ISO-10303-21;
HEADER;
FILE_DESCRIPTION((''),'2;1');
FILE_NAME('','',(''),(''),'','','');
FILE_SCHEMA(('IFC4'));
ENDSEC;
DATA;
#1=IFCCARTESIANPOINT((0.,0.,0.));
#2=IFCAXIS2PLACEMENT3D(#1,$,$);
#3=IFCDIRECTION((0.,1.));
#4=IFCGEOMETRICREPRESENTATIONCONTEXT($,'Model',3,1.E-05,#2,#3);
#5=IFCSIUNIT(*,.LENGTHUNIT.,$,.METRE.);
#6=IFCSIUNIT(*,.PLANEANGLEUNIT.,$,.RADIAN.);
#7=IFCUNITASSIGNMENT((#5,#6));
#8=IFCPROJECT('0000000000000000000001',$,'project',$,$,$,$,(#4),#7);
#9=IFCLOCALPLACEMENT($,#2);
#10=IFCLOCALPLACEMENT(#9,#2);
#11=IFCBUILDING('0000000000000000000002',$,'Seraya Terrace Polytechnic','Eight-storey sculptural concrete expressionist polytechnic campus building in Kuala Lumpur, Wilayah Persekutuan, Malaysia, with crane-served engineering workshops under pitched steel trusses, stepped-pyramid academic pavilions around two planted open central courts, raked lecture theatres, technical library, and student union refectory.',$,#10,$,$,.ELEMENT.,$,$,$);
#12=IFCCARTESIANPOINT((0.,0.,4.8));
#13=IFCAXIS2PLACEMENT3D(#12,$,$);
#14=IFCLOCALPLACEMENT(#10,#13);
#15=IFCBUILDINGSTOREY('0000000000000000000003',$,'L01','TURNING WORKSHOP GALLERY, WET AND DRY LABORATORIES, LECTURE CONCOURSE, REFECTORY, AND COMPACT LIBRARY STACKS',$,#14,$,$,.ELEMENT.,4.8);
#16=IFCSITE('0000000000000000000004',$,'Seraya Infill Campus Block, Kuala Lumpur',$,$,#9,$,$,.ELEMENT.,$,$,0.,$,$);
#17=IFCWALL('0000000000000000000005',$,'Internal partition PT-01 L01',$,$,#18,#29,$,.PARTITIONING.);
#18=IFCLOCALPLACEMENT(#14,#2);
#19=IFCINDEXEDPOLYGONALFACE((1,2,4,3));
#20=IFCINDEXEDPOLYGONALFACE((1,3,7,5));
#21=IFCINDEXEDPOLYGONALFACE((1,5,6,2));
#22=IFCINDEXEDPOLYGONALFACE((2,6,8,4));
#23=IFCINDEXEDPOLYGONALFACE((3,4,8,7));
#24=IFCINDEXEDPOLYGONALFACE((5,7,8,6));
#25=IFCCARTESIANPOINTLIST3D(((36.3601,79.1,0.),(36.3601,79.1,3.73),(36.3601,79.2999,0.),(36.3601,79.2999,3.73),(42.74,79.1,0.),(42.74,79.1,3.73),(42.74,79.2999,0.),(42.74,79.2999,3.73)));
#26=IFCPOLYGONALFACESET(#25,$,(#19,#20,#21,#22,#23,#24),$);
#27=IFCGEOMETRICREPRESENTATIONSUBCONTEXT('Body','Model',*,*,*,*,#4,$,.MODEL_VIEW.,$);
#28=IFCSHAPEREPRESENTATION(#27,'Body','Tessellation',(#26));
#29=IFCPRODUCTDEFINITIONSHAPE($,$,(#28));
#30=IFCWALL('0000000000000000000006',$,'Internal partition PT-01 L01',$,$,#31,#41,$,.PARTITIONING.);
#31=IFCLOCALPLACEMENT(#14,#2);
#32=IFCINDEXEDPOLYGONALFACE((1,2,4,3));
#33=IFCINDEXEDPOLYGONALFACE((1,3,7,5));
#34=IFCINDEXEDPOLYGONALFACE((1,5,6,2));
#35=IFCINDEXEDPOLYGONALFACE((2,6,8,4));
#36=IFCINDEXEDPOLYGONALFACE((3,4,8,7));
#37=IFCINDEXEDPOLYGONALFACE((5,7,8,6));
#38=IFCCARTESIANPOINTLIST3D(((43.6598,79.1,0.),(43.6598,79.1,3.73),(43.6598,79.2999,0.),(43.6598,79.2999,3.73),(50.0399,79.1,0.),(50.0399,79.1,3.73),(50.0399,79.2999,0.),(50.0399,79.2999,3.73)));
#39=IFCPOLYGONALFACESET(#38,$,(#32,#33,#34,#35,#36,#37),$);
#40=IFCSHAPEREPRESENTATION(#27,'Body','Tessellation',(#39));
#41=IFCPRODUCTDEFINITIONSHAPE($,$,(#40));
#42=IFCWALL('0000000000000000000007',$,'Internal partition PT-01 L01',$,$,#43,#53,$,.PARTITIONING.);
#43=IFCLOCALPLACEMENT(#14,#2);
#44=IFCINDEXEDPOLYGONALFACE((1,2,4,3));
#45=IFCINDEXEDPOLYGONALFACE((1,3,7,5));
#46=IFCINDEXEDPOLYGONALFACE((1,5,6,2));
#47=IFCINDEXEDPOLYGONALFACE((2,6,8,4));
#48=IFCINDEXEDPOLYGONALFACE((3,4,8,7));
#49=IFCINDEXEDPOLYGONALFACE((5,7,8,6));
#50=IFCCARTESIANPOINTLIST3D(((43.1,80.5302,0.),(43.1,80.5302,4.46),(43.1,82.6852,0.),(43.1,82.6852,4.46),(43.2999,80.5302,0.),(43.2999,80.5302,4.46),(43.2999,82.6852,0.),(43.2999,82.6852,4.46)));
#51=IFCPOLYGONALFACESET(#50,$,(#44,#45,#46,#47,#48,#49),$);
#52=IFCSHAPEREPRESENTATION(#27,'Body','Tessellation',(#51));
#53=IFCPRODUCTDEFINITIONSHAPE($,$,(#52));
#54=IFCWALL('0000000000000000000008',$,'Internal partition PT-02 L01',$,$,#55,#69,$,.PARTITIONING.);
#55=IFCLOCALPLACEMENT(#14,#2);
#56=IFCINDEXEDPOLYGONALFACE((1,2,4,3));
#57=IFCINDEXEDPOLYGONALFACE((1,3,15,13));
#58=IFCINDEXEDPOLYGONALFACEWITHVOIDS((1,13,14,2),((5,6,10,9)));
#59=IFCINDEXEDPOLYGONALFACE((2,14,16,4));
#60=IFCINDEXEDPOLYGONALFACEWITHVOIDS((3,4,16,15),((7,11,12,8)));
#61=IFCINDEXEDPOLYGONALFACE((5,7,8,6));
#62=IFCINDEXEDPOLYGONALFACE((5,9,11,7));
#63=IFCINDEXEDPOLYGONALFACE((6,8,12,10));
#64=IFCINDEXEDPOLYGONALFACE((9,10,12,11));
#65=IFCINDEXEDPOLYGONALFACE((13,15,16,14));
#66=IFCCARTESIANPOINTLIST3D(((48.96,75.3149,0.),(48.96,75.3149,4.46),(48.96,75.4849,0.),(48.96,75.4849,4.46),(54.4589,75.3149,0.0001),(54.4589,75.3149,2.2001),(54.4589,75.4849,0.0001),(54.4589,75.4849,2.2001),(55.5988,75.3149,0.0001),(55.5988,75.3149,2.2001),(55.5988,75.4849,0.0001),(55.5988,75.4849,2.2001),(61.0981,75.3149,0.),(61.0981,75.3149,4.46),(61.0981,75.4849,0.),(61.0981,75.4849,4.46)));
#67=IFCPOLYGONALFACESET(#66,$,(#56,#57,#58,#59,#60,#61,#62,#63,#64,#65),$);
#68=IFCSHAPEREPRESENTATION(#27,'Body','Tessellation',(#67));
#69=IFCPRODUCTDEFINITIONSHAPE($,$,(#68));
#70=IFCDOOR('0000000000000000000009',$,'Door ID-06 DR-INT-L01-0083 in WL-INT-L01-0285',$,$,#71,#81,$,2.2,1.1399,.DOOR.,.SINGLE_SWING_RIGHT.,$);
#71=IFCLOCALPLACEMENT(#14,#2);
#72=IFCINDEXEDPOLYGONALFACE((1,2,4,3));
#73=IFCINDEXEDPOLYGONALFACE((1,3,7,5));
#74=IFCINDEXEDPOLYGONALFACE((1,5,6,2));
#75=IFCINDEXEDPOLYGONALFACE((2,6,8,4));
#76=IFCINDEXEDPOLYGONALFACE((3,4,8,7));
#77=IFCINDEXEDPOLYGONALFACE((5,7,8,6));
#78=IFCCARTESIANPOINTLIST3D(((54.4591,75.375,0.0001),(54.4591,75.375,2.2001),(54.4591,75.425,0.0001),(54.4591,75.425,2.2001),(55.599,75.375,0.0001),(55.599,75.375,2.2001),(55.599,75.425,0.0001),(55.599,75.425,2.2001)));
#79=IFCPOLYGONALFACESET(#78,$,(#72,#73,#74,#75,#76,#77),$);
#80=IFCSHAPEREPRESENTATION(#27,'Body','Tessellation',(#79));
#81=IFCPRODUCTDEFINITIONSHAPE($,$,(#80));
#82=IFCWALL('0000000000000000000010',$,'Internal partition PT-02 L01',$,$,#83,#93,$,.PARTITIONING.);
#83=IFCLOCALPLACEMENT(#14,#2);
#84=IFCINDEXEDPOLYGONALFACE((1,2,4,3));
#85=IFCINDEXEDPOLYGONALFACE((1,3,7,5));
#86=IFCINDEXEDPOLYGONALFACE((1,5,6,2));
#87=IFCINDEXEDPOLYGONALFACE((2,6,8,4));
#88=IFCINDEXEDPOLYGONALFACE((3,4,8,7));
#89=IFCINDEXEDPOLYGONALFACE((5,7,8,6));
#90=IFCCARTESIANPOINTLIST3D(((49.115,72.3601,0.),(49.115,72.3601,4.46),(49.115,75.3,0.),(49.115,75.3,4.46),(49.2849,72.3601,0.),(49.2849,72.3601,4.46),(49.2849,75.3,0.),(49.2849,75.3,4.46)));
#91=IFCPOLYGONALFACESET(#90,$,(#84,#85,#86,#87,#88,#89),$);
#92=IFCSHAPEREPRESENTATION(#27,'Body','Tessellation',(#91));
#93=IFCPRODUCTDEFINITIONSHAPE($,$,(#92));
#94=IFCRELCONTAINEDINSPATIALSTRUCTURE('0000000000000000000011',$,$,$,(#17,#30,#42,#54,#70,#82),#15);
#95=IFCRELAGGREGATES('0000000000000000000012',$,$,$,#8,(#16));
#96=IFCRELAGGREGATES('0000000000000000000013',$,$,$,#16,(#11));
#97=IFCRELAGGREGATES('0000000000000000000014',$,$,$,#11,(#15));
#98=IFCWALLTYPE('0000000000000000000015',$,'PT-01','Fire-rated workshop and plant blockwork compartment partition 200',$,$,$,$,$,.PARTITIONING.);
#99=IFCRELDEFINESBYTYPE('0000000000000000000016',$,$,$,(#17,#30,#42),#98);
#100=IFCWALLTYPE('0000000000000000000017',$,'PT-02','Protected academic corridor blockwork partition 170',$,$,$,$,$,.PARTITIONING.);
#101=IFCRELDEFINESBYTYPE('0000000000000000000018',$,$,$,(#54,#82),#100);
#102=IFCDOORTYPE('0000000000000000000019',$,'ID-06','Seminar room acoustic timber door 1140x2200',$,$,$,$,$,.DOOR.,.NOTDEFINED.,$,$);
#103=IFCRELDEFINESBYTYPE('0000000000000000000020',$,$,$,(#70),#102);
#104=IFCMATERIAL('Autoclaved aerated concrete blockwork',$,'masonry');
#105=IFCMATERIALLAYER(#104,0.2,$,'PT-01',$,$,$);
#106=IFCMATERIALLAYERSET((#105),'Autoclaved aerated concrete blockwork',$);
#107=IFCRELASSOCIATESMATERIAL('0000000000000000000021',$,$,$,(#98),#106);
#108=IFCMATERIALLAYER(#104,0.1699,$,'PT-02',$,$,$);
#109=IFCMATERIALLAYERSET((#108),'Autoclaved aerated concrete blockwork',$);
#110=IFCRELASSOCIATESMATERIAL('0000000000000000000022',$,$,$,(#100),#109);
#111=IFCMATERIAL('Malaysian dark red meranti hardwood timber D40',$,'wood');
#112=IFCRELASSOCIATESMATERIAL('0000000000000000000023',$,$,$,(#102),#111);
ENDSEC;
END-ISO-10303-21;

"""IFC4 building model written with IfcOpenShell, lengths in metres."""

from ifc_helpers import new_model, si_unit, direction, frame, frame_2d, origin, place, context, subcontext, project, spatial, rectangle, extrude, material, layer, layer_set, type_object, element, fill, save


model = new_model("IFC4")

# Units and contexts
model_context = context("Model", 3, precision=1e-05, world=origin(), true_north=direction((0.0, 1.0)))
body_context = subcontext(model_context, "Body", "Model", "MODEL_VIEW")
ifc_project = project(units=[si_unit("LENGTHUNIT", "METRE"), si_unit("PLANEANGLEUNIT", "RADIAN")], contexts=[model_context])

# Site, building, storey
site_placement = place(None, origin())
site = spatial("IfcSite", under=ifc_project, at=site_placement, Name="Seraya Infill Campus Block, Kuala Lumpur", CompositionType="ELEMENT", RefElevation=0.0)
building_placement = place(site_placement, origin())
building = spatial("IfcBuilding", under=site, at=building_placement, Name="Seraya Terrace Polytechnic", Description="Eight-storey sculptural concrete expressionist polytechnic campus building in Kuala Lumpur, Wilayah Persekutuan, Malaysia, with crane-served engineering workshops under pitched steel trusses, stepped-pyramid academic pavilions around two planted open central courts, raked lecture theatres, technical library, and student union refectory.", CompositionType="ELEMENT")
storey_placement = place(building_placement, frame((0.0, 0.0, 4.8)))
storey = spatial("IfcBuildingStorey", under=building, at=storey_placement, Name="L01", Description="TURNING WORKSHOP GALLERY, WET AND DRY LABORATORIES, LECTURE CONCOURSE, REFECTORY, AND COMPACT LIBRARY STACKS", CompositionType="ELEMENT", Elevation=4.8)

# Shared definitions
ifc_material_1 = material(Name="Autoclaved aerated concrete blockwork", Category="masonry")
ifc_layer_1 = layer(ifc_material_1, 0.2, Name="PT-01")
ifc_layer_set_1 = layer_set([ifc_layer_1], Name="Autoclaved aerated concrete blockwork")
wall_type_1 = type_object("IfcWallType", Name="PT-01", Description="Fire-rated workshop and plant blockwork compartment partition 200", PredefinedType="PARTITIONING", material=ifc_layer_set_1)

# Walls
wall_1_placement = place(storey_placement, frame((36.3601, 79.2, 0.0), z_axis=(0.0, 0.0, 1.0), x_axis=(1.0, 0.0, 0.0)))
element("IfcWall", 1, at=wall_1_placement, inside=storey, type_object=wall_type_1, Name="Internal partition PT-01 L01", PredefinedType="PARTITIONING", context=body_context, shape_type="SweptSolid", body=[
    extrude(rectangle(XDim=6.3799, YDim=0.2, at=frame_2d((3.1899, 0.0))), origin(), (0.0, 0.0, 1.0), 3.73),
])
wall_2_placement = place(storey_placement, frame((43.6599, 79.2, 0.0), z_axis=(0.0, 0.0, 1.0), x_axis=(1.0, 0.0, 0.0)))
element("IfcWall", 2, at=wall_2_placement, inside=storey, type_object=wall_type_1, Name="Internal partition PT-01 L01", PredefinedType="PARTITIONING", context=body_context, shape_type="SweptSolid", body=[
    extrude(rectangle(XDim=6.3801, YDim=0.2, at=frame_2d((3.1899, 0.0))), origin(), (0.0, 0.0, 1.0), 3.73),
])
wall_3_placement = place(storey_placement, frame((43.2, 80.53, 0.0), z_axis=(0.0, 0.0, 1.0), x_axis=(0.0, 1.0, 0.0)))
element("IfcWall", 3, at=wall_3_placement, inside=storey, type_object=wall_type_1, Name="Internal partition PT-01 L01", PredefinedType="PARTITIONING", context=body_context, shape_type="SweptSolid", body=[
    extrude(rectangle(XDim=2.155, YDim=0.2, at=frame_2d((1.0776, 0.0))), origin(), (0.0, 0.0, 1.0), 4.46),
])

# Wall, opening, door
ifc_layer_2 = layer(ifc_material_1, 0.1699, Name="PT-02")
ifc_layer_set_2 = layer_set([ifc_layer_2], Name="Autoclaved aerated concrete blockwork")
wall_type_2 = type_object("IfcWallType", Name="PT-02", Description="Protected academic corridor blockwork partition 170", PredefinedType="PARTITIONING", material=ifc_layer_set_2)
wall_4_placement = place(storey_placement, frame((48.96, 75.3999, 0.0), z_axis=(0.0, 0.0, 1.0), x_axis=(1.0, 0.0, 0.0)))
wall_4 = element("IfcWall", 4, at=wall_4_placement, inside=storey, type_object=wall_type_2, Name="Internal partition PT-02 L01", PredefinedType="PARTITIONING", context=body_context, shape_type="SweptSolid", body=[
    extrude(rectangle(XDim=12.1382, YDim=0.1699, at=frame_2d((6.0691, 0.0))), origin(), (0.0, 0.0, 1.0), 4.46),
])
opening_1_placement = place(wall_4_placement, frame((5.499, 0.0, 0.0)))
opening_1 = element("IfcOpeningElement", 5, at=opening_1_placement, cuts=wall_4, PredefinedType="OPENING", context=body_context, shape_type="SweptSolid", body=[
    extrude(rectangle(XDim=1.1399, YDim=2.2, at=frame_2d((0.5698, 1.1001))), frame((0.0, 0.0969, 0.0), z_axis=(0.0, -1.0, 0.0), x_axis=(1.0, 0.0, 0.0)), (0.0, 0.0, 1.0), 0.1938),
])
ifc_material_2 = material(Name="Malaysian dark red meranti hardwood timber D40", Category="wood")
door_type_1 = type_object("IfcDoorType", Name="ID-06", Description="Seminar room acoustic timber door 1140x2200", OperationType="NOTDEFINED", PredefinedType="DOOR", material=ifc_material_2)
door_1_placement = place(opening_1_placement, frame((1.1399, 0.0, 0.0), z_axis=(0.0, 0.0, 1.0), x_axis=(-1.0, 0.0, 0.0)))
door_1 = element("IfcDoor", 6, at=door_1_placement, inside=storey, type_object=door_type_1, Name="Door ID-06 DR-INT-L01-0083 in WL-INT-L01-0285", OperationType="SINGLE_SWING_RIGHT", OverallHeight=2.2, OverallWidth=1.1399, PredefinedType="DOOR", context=body_context, shape_type="SweptSolid", body=[
    extrude(rectangle(XDim=1.1399, YDim=2.2, at=frame_2d((0.5698, 1.1001))), frame((0.0, 0.0249, 0.0), z_axis=(0.0, -1.0, 0.0), x_axis=(1.0, 0.0, 0.0)), (0.0, 0.0, 1.0), 0.05),
])
fill(opening_1, door_1)

# Wall
wall_5_placement = place(storey_placement, frame((49.2, 72.3601, 0.0), z_axis=(0.0, 0.0, 1.0), x_axis=(0.0, 1.0, 0.0)))
element("IfcWall", 7, at=wall_5_placement, inside=storey, type_object=wall_type_2, Name="Internal partition PT-02 L01", PredefinedType="PARTITIONING", context=body_context, shape_type="SweptSolid", body=[
    extrude(rectangle(XDim=2.9399, YDim=0.1699, at=frame_2d((1.47, 0.0))), origin(), (0.0, 0.0, 1.0), 4.46),
])

save(model, "model.ifc")
